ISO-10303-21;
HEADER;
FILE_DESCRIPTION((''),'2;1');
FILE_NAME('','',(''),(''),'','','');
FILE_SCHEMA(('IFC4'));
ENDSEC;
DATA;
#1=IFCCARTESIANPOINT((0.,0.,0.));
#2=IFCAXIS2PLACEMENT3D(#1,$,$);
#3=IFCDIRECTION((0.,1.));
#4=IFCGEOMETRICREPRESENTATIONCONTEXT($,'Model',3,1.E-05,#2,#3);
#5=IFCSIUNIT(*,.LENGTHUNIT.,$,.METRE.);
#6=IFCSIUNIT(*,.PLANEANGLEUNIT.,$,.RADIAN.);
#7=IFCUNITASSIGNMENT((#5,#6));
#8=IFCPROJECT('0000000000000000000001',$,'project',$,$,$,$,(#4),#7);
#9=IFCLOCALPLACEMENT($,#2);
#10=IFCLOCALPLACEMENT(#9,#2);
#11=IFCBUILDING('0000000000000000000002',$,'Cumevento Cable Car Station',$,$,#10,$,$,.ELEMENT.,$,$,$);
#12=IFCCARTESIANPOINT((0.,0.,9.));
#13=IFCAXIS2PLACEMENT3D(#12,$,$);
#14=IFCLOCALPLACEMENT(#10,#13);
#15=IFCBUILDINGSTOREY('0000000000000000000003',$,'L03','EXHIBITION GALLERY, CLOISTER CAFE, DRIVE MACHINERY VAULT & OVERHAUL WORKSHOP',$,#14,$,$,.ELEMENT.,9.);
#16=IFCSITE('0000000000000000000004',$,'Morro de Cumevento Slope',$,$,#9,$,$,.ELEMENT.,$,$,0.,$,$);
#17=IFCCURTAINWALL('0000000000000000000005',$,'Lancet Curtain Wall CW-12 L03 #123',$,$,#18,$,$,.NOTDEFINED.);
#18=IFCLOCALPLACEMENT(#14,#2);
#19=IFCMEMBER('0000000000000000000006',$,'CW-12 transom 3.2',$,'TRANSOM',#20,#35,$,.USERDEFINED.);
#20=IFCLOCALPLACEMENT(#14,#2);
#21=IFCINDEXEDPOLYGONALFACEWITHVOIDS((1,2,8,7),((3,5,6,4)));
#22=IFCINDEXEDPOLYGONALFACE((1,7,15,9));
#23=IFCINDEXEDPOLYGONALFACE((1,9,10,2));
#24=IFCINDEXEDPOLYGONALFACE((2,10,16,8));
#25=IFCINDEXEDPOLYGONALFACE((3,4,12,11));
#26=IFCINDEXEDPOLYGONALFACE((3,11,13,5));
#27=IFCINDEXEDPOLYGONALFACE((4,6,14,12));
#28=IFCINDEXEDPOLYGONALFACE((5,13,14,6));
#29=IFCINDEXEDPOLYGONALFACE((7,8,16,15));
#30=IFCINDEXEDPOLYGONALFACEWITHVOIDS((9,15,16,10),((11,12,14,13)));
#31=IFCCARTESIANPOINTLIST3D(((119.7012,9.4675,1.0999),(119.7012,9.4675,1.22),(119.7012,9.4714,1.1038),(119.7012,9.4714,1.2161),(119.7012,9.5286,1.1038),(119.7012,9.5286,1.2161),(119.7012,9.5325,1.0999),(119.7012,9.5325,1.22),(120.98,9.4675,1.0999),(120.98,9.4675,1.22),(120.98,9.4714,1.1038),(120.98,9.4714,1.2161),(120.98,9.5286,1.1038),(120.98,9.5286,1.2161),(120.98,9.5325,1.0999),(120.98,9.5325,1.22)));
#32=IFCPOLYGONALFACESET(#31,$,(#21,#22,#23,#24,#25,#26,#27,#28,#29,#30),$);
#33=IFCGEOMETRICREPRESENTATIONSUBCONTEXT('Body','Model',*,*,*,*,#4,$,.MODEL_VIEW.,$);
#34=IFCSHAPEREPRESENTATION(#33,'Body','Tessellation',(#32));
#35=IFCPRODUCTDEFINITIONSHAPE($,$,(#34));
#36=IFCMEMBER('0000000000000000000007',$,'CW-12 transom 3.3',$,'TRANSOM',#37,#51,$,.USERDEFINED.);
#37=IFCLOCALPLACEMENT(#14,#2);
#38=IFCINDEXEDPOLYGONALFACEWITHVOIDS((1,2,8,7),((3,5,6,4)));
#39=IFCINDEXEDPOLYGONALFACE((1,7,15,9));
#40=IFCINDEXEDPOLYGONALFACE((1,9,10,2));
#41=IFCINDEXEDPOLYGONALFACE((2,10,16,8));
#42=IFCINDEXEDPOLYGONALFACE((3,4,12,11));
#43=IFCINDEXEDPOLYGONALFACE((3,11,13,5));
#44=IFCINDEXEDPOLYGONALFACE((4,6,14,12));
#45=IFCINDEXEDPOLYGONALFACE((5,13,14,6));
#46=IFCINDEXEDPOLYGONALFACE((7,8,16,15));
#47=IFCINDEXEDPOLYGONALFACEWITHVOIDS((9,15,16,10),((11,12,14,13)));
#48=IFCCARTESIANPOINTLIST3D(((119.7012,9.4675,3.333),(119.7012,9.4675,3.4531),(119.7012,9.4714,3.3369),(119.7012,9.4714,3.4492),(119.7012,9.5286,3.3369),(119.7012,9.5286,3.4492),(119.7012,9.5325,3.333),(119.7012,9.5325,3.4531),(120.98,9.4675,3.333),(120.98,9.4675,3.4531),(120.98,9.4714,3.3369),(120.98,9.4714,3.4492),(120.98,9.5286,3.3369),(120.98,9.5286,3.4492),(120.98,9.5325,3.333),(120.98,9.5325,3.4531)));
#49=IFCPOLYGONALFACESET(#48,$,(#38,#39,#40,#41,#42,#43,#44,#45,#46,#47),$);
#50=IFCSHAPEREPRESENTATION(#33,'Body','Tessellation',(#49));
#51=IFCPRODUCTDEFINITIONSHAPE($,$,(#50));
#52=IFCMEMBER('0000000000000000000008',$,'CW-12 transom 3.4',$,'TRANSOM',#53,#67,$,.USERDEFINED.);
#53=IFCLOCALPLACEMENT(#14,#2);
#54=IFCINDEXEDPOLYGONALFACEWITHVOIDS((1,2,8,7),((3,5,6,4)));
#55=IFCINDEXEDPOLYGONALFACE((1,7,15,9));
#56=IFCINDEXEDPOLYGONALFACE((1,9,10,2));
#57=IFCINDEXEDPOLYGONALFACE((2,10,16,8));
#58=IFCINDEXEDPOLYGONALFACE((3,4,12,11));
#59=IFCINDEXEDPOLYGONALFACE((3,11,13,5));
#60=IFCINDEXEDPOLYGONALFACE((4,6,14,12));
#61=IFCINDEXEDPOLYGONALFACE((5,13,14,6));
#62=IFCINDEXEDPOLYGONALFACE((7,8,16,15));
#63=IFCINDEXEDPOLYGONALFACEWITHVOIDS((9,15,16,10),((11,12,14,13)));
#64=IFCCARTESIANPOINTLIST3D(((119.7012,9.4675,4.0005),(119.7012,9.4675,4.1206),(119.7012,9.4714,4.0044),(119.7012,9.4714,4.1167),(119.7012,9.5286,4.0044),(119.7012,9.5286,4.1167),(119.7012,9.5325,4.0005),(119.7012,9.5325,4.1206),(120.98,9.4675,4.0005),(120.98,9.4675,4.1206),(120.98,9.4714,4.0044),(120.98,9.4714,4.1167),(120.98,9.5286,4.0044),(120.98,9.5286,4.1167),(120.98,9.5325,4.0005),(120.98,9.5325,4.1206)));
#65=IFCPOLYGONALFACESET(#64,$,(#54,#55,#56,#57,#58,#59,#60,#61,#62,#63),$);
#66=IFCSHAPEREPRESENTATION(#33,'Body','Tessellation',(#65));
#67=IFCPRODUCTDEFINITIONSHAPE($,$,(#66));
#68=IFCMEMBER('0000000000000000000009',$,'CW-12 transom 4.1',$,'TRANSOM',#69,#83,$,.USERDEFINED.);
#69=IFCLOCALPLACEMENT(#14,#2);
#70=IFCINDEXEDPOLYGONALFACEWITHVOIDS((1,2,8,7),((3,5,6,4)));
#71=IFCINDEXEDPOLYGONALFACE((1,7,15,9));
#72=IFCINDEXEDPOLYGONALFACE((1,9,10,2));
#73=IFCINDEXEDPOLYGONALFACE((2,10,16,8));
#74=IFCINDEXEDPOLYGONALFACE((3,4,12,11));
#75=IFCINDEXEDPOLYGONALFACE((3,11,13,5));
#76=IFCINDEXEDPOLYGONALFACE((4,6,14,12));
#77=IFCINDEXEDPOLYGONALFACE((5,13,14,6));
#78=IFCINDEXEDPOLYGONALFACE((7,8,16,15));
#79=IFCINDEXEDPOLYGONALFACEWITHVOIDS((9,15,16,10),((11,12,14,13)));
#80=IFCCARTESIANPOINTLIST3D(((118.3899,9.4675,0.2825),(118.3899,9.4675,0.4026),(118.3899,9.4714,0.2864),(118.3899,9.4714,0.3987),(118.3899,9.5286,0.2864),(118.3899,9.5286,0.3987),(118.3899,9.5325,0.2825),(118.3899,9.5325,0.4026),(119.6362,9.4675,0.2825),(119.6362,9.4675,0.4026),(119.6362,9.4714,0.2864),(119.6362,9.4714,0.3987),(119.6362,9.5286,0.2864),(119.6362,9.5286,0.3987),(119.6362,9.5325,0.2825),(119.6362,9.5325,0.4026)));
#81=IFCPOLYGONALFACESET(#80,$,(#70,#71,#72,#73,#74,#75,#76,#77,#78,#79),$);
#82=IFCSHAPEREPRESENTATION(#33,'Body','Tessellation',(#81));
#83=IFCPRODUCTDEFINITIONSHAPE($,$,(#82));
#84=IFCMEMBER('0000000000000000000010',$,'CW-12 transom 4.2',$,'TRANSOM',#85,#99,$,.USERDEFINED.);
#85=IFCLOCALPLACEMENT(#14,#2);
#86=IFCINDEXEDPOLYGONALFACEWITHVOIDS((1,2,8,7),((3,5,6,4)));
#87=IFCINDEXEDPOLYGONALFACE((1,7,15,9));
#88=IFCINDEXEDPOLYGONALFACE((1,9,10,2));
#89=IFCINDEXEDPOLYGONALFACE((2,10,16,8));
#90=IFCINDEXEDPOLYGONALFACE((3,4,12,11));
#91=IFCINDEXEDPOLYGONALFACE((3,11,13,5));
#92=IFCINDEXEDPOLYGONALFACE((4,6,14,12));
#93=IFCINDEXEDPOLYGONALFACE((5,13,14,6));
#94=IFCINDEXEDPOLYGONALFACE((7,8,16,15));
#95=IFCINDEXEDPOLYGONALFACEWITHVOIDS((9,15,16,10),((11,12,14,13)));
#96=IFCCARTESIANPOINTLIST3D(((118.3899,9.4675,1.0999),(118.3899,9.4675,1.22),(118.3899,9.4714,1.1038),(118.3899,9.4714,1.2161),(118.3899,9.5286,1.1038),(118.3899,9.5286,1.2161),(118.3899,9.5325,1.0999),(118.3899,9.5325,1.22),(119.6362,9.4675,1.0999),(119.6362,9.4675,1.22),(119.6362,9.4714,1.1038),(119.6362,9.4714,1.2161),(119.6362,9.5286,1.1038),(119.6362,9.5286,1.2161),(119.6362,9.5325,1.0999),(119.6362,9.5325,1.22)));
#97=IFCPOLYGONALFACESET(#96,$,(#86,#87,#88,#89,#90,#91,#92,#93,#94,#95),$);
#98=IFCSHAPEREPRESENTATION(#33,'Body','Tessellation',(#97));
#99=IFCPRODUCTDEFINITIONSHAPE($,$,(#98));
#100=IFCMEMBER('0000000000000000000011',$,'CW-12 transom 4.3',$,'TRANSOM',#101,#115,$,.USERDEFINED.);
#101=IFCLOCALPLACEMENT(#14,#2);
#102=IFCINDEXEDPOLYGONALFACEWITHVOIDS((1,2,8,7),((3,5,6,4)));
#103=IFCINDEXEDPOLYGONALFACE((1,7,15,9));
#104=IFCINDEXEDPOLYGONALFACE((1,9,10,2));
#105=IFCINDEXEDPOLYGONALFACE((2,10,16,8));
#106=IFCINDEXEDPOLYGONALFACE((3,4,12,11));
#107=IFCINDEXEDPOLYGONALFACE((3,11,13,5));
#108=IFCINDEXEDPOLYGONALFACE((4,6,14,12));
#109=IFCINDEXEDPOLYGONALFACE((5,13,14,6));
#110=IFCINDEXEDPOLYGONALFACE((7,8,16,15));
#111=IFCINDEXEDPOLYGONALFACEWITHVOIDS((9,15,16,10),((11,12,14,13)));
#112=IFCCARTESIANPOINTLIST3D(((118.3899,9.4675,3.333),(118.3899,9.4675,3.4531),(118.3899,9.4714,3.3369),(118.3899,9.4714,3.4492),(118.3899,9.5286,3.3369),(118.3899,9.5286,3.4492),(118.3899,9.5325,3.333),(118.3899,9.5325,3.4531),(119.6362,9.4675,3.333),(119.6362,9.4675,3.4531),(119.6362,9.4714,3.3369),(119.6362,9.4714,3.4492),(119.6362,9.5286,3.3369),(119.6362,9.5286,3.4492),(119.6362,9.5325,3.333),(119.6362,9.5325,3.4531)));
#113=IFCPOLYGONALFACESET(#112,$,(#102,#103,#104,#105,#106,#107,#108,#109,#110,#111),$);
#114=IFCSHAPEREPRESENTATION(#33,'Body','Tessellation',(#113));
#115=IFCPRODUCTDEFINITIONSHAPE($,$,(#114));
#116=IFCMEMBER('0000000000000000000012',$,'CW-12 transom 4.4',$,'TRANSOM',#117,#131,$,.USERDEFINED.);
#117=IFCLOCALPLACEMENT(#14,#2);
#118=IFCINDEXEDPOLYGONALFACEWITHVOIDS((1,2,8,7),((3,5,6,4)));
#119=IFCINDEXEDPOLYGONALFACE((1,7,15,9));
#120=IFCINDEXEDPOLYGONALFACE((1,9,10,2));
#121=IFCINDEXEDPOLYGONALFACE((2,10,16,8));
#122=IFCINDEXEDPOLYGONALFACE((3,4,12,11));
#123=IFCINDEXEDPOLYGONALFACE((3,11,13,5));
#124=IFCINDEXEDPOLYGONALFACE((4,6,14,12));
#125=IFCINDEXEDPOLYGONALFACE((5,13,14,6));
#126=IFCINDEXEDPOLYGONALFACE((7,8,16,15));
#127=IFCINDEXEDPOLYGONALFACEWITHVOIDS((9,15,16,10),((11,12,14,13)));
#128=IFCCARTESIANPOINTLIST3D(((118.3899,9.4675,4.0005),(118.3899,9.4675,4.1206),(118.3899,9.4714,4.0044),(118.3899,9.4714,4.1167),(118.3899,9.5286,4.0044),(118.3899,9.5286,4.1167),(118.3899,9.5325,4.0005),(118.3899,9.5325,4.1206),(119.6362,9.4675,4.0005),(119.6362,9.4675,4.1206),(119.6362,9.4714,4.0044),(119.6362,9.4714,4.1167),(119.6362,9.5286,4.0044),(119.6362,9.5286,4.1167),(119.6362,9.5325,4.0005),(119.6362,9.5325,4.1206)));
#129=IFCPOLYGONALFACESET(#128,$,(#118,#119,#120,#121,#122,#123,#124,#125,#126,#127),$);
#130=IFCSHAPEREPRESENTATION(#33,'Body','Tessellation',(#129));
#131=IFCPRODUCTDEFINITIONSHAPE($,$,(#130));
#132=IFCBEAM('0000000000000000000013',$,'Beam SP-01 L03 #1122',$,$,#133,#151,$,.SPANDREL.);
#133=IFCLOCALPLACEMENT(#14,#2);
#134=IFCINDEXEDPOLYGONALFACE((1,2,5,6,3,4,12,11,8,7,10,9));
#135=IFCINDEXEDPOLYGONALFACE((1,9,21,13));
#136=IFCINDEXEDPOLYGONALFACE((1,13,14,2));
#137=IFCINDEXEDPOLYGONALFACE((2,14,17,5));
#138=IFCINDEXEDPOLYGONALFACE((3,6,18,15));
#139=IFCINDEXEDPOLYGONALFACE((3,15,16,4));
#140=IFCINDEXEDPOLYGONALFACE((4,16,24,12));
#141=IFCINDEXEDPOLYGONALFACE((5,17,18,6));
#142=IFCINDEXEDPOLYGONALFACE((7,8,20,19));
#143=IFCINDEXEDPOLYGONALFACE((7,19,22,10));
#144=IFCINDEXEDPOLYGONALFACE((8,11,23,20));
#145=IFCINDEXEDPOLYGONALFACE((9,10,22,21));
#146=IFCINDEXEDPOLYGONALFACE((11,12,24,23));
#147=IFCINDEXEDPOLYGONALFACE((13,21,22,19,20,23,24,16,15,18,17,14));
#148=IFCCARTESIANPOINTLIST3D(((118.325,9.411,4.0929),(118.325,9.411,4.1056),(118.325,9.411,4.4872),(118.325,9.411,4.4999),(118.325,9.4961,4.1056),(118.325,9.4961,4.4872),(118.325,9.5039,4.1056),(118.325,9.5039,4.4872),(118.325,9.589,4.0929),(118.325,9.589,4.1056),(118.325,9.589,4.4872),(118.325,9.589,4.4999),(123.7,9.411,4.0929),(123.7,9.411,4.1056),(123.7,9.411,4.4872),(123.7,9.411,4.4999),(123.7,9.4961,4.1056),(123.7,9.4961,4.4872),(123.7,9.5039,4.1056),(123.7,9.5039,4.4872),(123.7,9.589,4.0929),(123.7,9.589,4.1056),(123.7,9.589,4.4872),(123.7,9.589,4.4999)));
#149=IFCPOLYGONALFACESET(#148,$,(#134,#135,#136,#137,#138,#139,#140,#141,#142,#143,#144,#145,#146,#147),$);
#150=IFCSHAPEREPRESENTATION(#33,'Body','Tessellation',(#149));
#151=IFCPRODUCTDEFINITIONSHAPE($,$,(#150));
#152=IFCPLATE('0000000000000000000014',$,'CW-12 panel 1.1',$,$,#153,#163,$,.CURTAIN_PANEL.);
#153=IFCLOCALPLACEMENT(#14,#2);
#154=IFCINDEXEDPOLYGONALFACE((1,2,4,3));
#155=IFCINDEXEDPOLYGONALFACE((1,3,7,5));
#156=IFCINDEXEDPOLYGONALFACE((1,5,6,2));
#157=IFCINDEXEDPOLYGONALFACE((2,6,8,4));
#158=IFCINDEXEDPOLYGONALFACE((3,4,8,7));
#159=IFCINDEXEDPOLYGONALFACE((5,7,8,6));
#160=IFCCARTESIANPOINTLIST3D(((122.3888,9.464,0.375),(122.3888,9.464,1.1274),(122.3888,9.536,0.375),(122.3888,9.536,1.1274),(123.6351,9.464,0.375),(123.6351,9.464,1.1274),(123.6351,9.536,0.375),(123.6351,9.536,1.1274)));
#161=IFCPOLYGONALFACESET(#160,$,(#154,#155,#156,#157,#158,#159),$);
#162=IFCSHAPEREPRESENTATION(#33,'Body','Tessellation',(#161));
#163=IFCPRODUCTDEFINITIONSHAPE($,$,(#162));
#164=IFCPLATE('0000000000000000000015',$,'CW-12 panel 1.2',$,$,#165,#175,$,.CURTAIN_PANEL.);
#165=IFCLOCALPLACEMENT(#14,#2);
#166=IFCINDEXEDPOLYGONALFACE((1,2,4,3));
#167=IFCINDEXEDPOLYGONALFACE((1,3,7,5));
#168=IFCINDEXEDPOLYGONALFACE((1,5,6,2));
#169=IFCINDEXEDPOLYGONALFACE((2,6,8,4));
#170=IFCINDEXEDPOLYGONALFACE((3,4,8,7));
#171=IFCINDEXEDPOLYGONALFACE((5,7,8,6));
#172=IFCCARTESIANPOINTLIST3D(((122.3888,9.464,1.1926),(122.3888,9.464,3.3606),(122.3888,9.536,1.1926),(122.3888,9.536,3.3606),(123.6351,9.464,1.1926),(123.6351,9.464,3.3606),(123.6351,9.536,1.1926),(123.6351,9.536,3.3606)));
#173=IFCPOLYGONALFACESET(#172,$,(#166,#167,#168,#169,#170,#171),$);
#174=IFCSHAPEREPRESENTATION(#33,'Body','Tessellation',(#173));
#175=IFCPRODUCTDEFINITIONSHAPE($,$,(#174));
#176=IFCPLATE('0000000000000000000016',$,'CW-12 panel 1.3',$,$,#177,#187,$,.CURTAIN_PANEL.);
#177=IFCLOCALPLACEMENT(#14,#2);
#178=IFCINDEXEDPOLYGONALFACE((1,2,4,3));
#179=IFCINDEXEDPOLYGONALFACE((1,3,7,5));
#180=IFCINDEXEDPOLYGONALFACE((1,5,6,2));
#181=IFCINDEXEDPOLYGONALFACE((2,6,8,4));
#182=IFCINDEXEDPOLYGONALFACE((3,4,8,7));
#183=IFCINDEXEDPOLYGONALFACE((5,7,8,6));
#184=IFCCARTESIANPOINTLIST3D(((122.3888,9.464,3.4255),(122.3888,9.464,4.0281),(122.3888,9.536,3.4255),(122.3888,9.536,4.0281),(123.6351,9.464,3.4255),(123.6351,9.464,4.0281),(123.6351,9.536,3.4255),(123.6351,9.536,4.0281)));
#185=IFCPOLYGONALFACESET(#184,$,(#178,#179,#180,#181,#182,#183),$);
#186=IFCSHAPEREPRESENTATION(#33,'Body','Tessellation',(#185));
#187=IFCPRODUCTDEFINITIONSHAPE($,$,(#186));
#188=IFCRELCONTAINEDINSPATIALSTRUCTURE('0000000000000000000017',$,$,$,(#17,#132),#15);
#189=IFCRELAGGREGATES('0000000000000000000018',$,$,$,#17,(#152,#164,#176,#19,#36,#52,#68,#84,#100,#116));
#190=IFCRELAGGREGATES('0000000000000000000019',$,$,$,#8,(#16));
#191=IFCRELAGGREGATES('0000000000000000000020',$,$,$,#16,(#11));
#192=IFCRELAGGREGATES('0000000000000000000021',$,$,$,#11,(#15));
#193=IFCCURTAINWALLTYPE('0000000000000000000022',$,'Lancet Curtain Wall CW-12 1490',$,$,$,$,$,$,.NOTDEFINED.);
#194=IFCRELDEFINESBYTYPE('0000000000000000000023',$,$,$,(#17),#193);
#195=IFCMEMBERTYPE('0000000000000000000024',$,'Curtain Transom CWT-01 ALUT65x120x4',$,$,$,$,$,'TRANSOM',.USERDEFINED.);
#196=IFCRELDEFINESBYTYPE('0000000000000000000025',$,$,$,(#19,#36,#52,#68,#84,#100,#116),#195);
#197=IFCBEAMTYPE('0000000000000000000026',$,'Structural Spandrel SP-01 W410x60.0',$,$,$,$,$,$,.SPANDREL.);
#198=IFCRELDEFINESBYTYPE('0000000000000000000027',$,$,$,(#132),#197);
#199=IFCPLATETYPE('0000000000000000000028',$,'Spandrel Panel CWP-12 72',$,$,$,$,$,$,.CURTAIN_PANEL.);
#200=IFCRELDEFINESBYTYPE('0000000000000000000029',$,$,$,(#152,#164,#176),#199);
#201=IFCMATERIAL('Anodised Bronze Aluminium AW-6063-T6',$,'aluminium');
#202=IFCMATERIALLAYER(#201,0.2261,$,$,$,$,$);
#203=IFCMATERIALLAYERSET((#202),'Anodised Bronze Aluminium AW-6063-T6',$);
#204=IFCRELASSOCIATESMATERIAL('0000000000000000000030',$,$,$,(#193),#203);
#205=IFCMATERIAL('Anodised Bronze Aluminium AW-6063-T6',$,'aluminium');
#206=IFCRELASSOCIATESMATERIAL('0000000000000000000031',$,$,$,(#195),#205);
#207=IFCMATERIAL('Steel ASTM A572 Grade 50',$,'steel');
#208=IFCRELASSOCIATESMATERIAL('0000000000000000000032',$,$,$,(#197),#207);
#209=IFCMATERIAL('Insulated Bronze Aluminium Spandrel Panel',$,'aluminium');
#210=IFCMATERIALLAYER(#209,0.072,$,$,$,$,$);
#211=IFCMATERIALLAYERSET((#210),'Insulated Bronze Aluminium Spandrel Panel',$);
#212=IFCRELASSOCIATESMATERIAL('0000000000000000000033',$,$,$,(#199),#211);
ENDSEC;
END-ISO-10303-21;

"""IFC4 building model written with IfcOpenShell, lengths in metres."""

from ifc_helpers import new_model, si_unit, direction, frame, origin, origin_2d, place, context, subcontext, project, spatial, rectangle, hollow_rectangle, i_section, extrude, material, layer, layer_set, material_profile, profile_set, type_object, element, aggregate, save


model = new_model("IFC4")

# Units and contexts
model_context = context("Model", 3, precision=1e-05, world=origin(), true_north=direction((0.0, 1.0)))
body_context = subcontext(model_context, "Body", "Model", "MODEL_VIEW")
ifc_project = project(units=[si_unit("LENGTHUNIT", "METRE"), si_unit("PLANEANGLEUNIT", "RADIAN")], contexts=[model_context])

# Site, building, storey
site_placement = place(None, origin())
site = spatial("IfcSite", under=ifc_project, at=site_placement, Name="Morro de Cumevento Slope", CompositionType="ELEMENT", RefElevation=0.0)
building_placement = place(site_placement, origin())
building = spatial("IfcBuilding", under=site, at=building_placement, Name="Cumevento Cable Car Station", CompositionType="ELEMENT")
storey_placement = place(building_placement, frame((0.0, 0.0, 9.0)))
storey = spatial("IfcBuildingStorey", under=building, at=storey_placement, Name="L03", Description="EXHIBITION GALLERY, CLOISTER CAFE, DRIVE MACHINERY VAULT & OVERHAUL WORKSHOP", CompositionType="ELEMENT", Elevation=9.0)

# Curtain wall, members
ifc_material_1 = material(Name="Anodised Bronze Aluminium AW-6063-T6", Category="aluminium")
ifc_layer_1 = layer(ifc_material_1, 0.2261)
ifc_layer_set_1 = layer_set([ifc_layer_1], Name="Anodised Bronze Aluminium AW-6063-T6")
curtain_wall_type = type_object("IfcCurtainWallType", Name="Lancet Curtain Wall CW-12 1490", PredefinedType="NOTDEFINED", material=ifc_layer_set_1)
curtain_wall_placement = place(storey_placement, origin())
curtain_wall = element("IfcCurtainWall", 1, at=curtain_wall_placement, inside=storey, type_object=curtain_wall_type, Name="Lancet Curtain Wall CW-12 L03 #123", PredefinedType="NOTDEFINED")
ifc_material_2 = material(Name="Anodised Bronze Aluminium AW-6063-T6", Category="aluminium")
ifc_material_profile_1 = material_profile(ifc_material_2, hollow_rectangle(XDim=0.0649, YDim=0.1201, WallThickness=0.0039, at=origin_2d()), Name="ALUT65x120x4")
ifc_profile_set_1 = profile_set([ifc_material_profile_1], Name="Anodised Bronze Aluminium AW-6063-T6")
member_type_1 = type_object("IfcMemberType", Name="Curtain Transom CWT-01 ALUT65x120x4", ElementType="TRANSOM", PredefinedType="USERDEFINED", material=ifc_profile_set_1)
member_1_placement = place(storey_placement, frame((120.98, 9.5, 1.1599), z_axis=(-1.0, 0.0, 0.0), x_axis=(0.0, -1.0, 0.0)))
member_1 = element("IfcMember", 2, at=member_1_placement, type_object=member_type_1, Name="CW-12 transom 3.2", ObjectType="TRANSOM", PredefinedType="USERDEFINED", context=body_context, shape_type="SweptSolid", body=[
    extrude(hollow_rectangle(XDim=0.0649, YDim=0.1201, WallThickness=0.0039, at=origin_2d()), origin(), (0.0, 0.0, 1.0), 1.2788),
])
member_2_placement = place(storey_placement, frame((120.98, 9.5, 3.3931), z_axis=(-1.0, 0.0, 0.0), x_axis=(0.0, -1.0, 0.0)))
member_2 = element("IfcMember", 3, at=member_2_placement, type_object=member_type_1, Name="CW-12 transom 3.3", ObjectType="TRANSOM", PredefinedType="USERDEFINED", context=body_context, shape_type="SweptSolid", body=[
    extrude(hollow_rectangle(XDim=0.0649, YDim=0.1201, WallThickness=0.0039, at=origin_2d()), origin(), (0.0, 0.0, 1.0), 1.2788),
])
member_3_placement = place(storey_placement, frame((120.98, 9.5, 4.0605), z_axis=(-1.0, 0.0, 0.0), x_axis=(0.0, -1.0, 0.0)))
member_3 = element("IfcMember", 4, at=member_3_placement, type_object=member_type_1, Name="CW-12 transom 3.4", ObjectType="TRANSOM", PredefinedType="USERDEFINED", context=body_context, shape_type="SweptSolid", body=[
    extrude(hollow_rectangle(XDim=0.0649, YDim=0.1201, WallThickness=0.0039, at=origin_2d()), origin(), (0.0, 0.0, 1.0), 1.2788),
])
member_4_placement = place(storey_placement, frame((119.6362, 9.5, 0.3425), z_axis=(-1.0, 0.0, 0.0), x_axis=(0.0, -1.0, 0.0)))
member_4 = element("IfcMember", 5, at=member_4_placement, type_object=member_type_1, Name="CW-12 transom 4.1", ObjectType="TRANSOM", PredefinedType="USERDEFINED", context=body_context, shape_type="SweptSolid", body=[
    extrude(hollow_rectangle(XDim=0.0649, YDim=0.1201, WallThickness=0.0039, at=origin_2d()), origin(), (0.0, 0.0, 1.0), 1.2463),
])
member_5_placement = place(storey_placement, frame((119.6362, 9.5, 1.1599), z_axis=(-1.0, 0.0, 0.0), x_axis=(0.0, -1.0, 0.0)))
member_5 = element("IfcMember", 6, at=member_5_placement, type_object=member_type_1, Name="CW-12 transom 4.2", ObjectType="TRANSOM", PredefinedType="USERDEFINED", context=body_context, shape_type="SweptSolid", body=[
    extrude(hollow_rectangle(XDim=0.0649, YDim=0.1201, WallThickness=0.0039, at=origin_2d()), origin(), (0.0, 0.0, 1.0), 1.2463),
])
member_6_placement = place(storey_placement, frame((119.6362, 9.5, 3.3931), z_axis=(-1.0, 0.0, 0.0), x_axis=(0.0, -1.0, 0.0)))
member_6 = element("IfcMember", 7, at=member_6_placement, type_object=member_type_1, Name="CW-12 transom 4.3", ObjectType="TRANSOM", PredefinedType="USERDEFINED", context=body_context, shape_type="SweptSolid", body=[
    extrude(hollow_rectangle(XDim=0.0649, YDim=0.1201, WallThickness=0.0039, at=origin_2d()), origin(), (0.0, 0.0, 1.0), 1.2463),
])
member_7_placement = place(storey_placement, frame((119.6362, 9.5, 4.0605), z_axis=(-1.0, 0.0, 0.0), x_axis=(0.0, -1.0, 0.0)))
member_7 = element("IfcMember", 8, at=member_7_placement, type_object=member_type_1, Name="CW-12 transom 4.4", ObjectType="TRANSOM", PredefinedType="USERDEFINED", context=body_context, shape_type="SweptSolid", body=[
    extrude(hollow_rectangle(XDim=0.0649, YDim=0.1201, WallThickness=0.0039, at=origin_2d()), origin(), (0.0, 0.0, 1.0), 1.2463),
])

# Beam
ifc_material_3 = material(Name="Steel ASTM A572 Grade 50", Category="steel")
ifc_material_profile_2 = material_profile(ifc_material_3, i_section(OverallWidth=0.178, OverallDepth=0.407, WebThickness=0.0078, FlangeThickness=0.0127, at=origin_2d()), Name="W410x60.0")
ifc_profile_set_2 = profile_set([ifc_material_profile_2], Name="Steel ASTM A572 Grade 50")
beam_type = type_object("IfcBeamType", Name="Structural Spandrel SP-01 W410x60.0", PredefinedType="SPANDREL", material=ifc_profile_set_2)
beam_placement = place(storey_placement, frame((118.325, 9.5, 4.2964), z_axis=(1.0, 0.0, 0.0), x_axis=(0.0, 1.0, 0.0)))
element("IfcBeam", 9, at=beam_placement, inside=storey, type_object=beam_type, Name="Beam SP-01 L03 #1122", PredefinedType="SPANDREL", context=body_context, shape_type="SweptSolid", body=[
    extrude(i_section(OverallWidth=0.178, OverallDepth=0.407, WebThickness=0.0078, FlangeThickness=0.0127, at=origin_2d()), origin(), (0.0, 0.0, 1.0), 5.375),
])

# Plates
ifc_material_4 = material(Name="Insulated Bronze Aluminium Spandrel Panel", Category="aluminium")
ifc_layer_2 = layer(ifc_material_4, 0.072)
ifc_layer_set_2 = layer_set([ifc_layer_2], Name="Insulated Bronze Aluminium Spandrel Panel")
plate_type = type_object("IfcPlateType", Name="Spandrel Panel CWP-12 72", PredefinedType="CURTAIN_PANEL", material=ifc_layer_set_2)
plate_1_placement = place(storey_placement, frame((123.012, 9.5, 0.375), z_axis=(0.0, 0.0, 1.0), x_axis=(-1.0, 0.0, 0.0)))
plate_1 = element("IfcPlate", 10, at=plate_1_placement, type_object=plate_type, Name="CW-12 panel 1.1", PredefinedType="CURTAIN_PANEL", context=body_context, shape_type="SweptSolid", body=[
    extrude(rectangle(XDim=1.2463, YDim=0.072, at=origin_2d()), origin(), (0.0, 0.0, 1.0), 0.7524),
])
plate_2_placement = place(storey_placement, frame((123.012, 9.5, 1.1926), z_axis=(0.0, 0.0, 1.0), x_axis=(-1.0, 0.0, 0.0)))
plate_2 = element("IfcPlate", 11, at=plate_2_placement, type_object=plate_type, Name="CW-12 panel 1.2", PredefinedType="CURTAIN_PANEL", context=body_context, shape_type="SweptSolid", body=[
    extrude(rectangle(XDim=1.2463, YDim=0.072, at=origin_2d()), origin(), (0.0, 0.0, 1.0), 2.168),
])
plate_3_placement = place(storey_placement, frame((123.012, 9.5, 3.4255), z_axis=(0.0, 0.0, 1.0), x_axis=(-1.0, 0.0, 0.0)))
plate_3 = element("IfcPlate", 12, at=plate_3_placement, type_object=plate_type, Name="CW-12 panel 1.3", PredefinedType="CURTAIN_PANEL", context=body_context, shape_type="SweptSolid", body=[
    extrude(rectangle(XDim=1.2463, YDim=0.072, at=origin_2d()), origin(), (0.0, 0.0, 1.0), 0.6025),
])
aggregate(curtain_wall, [plate_1, plate_2, plate_3, member_1, member_2, member_3, member_4, member_5, member_6, member_7])

save(model, "model.ifc")
